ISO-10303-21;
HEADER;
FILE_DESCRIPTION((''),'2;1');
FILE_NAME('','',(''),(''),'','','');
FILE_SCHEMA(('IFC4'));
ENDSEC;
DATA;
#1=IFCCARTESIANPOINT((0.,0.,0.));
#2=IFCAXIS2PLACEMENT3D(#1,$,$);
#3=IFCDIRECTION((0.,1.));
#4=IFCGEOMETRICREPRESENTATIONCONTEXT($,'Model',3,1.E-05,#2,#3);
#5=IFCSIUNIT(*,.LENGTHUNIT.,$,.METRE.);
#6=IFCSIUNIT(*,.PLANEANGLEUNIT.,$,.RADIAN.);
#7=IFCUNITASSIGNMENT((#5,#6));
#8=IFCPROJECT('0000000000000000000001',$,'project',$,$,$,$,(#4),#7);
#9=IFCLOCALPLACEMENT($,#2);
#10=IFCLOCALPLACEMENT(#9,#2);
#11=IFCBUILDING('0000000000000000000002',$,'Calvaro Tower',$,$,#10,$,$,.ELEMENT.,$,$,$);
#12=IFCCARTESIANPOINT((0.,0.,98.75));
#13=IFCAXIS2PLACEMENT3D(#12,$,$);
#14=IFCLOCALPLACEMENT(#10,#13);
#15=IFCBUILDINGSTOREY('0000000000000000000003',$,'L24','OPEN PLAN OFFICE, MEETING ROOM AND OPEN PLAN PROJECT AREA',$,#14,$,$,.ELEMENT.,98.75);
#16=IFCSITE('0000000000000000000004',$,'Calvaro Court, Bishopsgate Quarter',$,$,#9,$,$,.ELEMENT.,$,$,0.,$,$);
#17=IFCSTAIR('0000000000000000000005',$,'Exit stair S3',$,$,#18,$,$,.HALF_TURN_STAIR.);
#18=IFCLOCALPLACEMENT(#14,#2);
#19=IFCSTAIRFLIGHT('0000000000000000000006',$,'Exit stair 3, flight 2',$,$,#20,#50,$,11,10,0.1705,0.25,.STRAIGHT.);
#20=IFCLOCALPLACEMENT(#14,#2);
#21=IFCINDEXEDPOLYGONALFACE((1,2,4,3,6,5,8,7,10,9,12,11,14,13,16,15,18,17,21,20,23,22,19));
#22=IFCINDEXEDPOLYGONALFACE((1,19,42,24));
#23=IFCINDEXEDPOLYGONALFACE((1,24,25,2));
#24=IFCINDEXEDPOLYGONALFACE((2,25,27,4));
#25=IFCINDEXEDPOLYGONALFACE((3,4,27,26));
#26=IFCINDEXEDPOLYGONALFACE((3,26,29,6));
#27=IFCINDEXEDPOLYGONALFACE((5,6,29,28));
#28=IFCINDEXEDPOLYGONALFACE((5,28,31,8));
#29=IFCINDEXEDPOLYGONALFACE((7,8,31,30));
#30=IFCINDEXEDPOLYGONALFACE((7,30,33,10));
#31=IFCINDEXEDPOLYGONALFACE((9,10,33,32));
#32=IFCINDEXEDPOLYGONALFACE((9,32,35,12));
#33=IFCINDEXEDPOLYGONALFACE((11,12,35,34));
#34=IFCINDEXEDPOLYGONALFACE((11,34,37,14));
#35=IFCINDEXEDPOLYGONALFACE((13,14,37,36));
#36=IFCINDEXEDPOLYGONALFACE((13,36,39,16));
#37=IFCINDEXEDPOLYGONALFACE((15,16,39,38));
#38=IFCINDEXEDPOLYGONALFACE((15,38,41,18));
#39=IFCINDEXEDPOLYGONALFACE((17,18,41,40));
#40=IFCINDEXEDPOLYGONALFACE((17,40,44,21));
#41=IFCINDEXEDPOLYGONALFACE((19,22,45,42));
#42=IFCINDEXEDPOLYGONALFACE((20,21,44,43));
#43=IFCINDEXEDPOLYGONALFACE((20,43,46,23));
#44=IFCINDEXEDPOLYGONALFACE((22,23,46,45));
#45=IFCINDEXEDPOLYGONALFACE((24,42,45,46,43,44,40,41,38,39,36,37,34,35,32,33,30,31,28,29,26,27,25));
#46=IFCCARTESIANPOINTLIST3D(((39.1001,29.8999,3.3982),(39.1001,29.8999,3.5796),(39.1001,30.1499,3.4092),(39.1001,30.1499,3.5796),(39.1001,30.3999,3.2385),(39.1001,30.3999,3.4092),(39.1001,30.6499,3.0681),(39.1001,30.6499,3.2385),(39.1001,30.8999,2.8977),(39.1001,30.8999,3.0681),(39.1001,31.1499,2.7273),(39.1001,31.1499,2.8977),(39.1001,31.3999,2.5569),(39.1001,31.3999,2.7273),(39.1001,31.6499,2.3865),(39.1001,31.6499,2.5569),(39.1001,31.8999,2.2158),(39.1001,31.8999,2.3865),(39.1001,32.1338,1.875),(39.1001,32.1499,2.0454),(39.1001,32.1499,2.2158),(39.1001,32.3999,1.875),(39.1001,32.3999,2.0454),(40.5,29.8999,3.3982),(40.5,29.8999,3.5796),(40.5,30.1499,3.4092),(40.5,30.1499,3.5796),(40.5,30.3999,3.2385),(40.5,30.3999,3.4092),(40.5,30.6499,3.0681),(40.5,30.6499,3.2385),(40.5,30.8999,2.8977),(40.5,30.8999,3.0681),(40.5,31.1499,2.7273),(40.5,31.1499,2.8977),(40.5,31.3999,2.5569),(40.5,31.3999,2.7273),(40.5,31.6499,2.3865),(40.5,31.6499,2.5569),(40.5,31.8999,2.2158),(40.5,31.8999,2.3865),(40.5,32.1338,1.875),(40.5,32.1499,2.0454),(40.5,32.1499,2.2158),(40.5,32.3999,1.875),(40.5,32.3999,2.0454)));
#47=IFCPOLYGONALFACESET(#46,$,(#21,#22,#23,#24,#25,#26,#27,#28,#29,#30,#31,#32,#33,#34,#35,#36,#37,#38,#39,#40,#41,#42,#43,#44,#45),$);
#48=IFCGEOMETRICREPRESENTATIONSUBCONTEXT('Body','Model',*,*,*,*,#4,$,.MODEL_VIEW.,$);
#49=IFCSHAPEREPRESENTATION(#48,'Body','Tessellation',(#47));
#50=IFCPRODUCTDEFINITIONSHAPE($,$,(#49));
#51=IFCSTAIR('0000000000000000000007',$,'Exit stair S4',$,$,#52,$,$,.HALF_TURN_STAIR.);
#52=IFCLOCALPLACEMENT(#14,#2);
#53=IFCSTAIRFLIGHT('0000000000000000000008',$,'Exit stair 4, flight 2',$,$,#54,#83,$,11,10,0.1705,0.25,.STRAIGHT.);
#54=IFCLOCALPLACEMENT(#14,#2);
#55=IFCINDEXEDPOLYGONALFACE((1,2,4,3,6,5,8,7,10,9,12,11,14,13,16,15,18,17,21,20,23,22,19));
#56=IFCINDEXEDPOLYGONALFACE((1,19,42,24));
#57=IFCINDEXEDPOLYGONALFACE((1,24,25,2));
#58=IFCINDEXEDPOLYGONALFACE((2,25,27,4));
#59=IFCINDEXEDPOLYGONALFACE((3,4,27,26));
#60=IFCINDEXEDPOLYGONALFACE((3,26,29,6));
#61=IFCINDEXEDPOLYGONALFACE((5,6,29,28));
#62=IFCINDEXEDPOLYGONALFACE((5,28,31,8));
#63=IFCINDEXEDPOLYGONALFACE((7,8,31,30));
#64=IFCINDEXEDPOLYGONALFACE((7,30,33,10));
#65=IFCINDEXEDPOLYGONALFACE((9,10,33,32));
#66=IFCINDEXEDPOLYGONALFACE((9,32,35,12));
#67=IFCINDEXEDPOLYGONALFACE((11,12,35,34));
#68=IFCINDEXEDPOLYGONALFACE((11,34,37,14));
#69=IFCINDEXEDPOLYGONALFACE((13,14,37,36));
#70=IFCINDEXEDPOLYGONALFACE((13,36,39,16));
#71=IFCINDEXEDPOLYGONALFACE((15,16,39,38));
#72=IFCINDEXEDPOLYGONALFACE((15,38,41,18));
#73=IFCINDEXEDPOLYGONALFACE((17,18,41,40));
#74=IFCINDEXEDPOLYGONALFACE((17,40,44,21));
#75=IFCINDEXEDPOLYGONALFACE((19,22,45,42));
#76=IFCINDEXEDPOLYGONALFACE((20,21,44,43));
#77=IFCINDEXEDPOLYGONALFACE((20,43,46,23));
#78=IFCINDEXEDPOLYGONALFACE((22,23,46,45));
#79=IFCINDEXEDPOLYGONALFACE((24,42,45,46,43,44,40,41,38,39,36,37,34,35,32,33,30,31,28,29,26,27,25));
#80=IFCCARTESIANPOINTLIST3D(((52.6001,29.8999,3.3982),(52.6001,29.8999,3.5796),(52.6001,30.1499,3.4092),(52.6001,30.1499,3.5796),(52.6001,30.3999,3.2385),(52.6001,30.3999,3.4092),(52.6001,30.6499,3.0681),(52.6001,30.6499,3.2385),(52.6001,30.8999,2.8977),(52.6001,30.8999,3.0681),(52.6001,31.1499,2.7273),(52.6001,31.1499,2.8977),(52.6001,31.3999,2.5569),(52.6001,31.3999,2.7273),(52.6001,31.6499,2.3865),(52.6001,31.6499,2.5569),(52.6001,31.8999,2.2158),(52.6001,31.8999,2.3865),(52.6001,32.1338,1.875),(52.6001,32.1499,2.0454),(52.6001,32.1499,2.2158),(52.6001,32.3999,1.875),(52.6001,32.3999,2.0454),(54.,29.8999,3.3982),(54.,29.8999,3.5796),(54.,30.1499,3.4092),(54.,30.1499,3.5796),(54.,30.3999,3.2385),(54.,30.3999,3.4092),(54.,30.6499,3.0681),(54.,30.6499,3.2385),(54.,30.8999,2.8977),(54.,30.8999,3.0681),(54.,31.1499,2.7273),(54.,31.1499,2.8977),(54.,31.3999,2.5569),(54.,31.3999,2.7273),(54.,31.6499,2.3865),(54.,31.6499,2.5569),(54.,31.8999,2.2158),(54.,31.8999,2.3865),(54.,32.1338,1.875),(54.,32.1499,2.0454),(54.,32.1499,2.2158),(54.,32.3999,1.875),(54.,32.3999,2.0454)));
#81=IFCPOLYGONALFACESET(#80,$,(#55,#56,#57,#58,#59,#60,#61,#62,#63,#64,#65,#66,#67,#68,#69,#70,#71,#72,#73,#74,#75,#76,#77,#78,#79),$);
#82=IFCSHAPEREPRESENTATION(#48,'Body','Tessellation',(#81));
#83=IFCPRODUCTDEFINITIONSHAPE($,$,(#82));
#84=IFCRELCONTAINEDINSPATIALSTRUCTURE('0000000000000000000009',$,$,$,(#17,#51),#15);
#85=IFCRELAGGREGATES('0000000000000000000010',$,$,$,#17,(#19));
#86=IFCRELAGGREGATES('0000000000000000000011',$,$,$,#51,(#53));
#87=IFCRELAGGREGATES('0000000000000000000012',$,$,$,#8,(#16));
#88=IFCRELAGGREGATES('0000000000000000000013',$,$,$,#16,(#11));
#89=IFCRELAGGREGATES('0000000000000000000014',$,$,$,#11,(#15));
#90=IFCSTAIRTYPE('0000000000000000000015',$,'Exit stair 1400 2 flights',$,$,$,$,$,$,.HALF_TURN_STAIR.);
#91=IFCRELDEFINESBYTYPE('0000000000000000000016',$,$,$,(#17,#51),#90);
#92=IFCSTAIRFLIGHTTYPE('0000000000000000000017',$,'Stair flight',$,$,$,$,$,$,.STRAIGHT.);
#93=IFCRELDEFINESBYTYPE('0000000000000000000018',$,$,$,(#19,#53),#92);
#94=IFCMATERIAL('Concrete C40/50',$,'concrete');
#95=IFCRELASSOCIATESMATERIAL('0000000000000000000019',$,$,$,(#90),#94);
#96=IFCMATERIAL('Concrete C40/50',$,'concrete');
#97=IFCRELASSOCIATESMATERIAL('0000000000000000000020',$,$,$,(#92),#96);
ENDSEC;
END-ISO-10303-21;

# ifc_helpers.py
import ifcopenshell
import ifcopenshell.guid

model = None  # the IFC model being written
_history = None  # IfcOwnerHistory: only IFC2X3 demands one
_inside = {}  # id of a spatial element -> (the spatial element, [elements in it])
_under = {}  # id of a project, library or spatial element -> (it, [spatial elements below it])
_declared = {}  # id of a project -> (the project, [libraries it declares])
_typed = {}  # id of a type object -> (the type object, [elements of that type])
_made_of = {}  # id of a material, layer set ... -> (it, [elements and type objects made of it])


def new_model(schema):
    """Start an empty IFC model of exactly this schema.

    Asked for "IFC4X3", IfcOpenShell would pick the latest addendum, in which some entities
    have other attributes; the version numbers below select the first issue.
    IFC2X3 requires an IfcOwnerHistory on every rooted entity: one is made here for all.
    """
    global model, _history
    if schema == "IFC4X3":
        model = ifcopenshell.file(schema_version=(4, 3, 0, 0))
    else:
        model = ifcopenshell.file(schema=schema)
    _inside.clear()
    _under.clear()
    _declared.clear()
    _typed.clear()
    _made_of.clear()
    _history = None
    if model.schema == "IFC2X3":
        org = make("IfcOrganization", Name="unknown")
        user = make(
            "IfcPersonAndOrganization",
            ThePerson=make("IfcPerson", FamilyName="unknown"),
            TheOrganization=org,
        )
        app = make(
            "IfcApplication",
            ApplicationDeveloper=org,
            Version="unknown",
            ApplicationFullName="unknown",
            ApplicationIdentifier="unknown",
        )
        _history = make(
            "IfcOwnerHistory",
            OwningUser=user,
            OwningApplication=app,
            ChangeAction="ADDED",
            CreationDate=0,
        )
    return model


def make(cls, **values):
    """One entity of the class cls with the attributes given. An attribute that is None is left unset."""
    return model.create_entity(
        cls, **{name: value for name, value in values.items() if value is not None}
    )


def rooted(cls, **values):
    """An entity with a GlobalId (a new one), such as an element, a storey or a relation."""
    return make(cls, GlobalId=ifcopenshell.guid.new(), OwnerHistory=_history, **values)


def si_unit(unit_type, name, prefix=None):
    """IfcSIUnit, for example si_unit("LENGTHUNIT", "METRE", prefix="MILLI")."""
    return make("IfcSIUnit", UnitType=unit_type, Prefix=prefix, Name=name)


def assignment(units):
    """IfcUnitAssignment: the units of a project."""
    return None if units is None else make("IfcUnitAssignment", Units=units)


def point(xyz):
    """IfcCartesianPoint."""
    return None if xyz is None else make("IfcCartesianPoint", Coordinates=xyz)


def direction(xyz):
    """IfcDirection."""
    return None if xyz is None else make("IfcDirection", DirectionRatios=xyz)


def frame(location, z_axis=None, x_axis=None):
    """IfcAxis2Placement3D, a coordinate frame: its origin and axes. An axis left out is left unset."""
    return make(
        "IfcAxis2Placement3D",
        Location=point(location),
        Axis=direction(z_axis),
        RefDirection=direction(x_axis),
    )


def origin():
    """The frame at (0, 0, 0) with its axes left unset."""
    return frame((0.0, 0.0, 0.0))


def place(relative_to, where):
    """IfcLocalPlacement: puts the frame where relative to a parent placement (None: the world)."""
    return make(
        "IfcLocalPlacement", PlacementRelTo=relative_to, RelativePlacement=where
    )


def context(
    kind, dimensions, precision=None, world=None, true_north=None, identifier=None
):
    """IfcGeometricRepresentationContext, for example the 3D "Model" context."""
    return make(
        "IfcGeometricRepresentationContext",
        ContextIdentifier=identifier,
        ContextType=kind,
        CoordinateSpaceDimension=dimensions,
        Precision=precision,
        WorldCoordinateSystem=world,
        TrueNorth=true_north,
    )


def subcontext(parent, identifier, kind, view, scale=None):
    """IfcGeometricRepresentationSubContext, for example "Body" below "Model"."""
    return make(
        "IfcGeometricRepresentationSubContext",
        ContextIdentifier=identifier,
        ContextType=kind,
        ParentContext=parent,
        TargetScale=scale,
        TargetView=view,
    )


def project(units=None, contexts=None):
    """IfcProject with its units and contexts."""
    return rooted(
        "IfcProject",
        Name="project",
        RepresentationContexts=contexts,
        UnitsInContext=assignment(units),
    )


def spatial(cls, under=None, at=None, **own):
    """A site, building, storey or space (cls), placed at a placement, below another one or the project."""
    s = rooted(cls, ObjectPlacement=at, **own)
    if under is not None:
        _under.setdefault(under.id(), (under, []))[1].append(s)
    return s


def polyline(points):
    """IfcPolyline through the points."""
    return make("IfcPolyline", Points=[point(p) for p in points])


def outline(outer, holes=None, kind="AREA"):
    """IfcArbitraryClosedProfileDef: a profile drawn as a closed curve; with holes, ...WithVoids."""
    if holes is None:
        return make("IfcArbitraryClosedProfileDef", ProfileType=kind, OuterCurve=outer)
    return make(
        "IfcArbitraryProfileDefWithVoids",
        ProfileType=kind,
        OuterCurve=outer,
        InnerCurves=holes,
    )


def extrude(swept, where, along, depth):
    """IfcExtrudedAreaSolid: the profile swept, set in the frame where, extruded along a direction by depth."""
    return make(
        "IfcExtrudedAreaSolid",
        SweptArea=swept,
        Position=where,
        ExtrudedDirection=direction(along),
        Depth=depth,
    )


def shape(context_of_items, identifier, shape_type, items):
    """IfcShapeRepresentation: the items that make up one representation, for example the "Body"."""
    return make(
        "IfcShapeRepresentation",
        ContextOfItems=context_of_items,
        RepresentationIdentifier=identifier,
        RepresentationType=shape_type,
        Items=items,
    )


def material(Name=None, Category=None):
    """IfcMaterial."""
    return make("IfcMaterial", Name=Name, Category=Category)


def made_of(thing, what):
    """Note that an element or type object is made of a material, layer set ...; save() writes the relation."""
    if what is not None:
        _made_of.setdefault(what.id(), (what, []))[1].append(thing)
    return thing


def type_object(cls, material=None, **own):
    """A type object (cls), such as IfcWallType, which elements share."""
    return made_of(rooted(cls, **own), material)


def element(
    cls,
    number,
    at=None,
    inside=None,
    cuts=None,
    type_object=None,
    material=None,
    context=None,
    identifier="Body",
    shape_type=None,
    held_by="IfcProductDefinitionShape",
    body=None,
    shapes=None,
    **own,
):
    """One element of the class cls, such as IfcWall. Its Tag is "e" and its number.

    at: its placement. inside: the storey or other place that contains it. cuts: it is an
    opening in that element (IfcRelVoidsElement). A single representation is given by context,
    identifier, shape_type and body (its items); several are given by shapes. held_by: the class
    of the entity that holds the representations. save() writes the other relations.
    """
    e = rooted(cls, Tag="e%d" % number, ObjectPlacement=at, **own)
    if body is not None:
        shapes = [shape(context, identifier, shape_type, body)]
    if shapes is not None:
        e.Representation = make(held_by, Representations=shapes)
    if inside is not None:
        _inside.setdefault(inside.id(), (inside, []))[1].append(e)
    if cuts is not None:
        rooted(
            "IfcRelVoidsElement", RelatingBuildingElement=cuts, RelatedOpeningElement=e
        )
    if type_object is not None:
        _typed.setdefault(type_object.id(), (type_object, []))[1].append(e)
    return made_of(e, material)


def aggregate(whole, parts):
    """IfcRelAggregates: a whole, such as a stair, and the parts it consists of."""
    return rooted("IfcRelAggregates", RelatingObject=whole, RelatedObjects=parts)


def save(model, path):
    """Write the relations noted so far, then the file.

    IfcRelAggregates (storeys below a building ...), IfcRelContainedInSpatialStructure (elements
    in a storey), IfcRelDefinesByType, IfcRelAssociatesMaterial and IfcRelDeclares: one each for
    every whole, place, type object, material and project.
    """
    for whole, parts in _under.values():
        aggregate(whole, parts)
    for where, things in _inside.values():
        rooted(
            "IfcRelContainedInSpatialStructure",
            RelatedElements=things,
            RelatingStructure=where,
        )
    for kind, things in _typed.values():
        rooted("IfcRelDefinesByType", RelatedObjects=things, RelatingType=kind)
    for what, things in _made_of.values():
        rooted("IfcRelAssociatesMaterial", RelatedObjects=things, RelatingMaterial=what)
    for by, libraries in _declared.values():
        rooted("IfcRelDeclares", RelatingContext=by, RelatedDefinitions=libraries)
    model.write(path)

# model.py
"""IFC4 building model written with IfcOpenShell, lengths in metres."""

from ifc_helpers import new_model, si_unit, direction, frame, origin, place, context, subcontext, project, spatial, polyline, outline, extrude, material, type_object, element, aggregate, save


model = new_model("IFC4")

# Units and contexts
model_context = context("Model", 3, precision=1e-05, world=origin(), true_north=direction((0.0, 1.0)))
body_context = subcontext(model_context, "Body", "Model", "MODEL_VIEW")
ifc_project = project(units=[si_unit("LENGTHUNIT", "METRE"), si_unit("PLANEANGLEUNIT", "RADIAN")], contexts=[model_context])

# Site, building, storey
site_placement = place(None, origin())
site = spatial("IfcSite", under=ifc_project, at=site_placement, Name="Calvaro Court, Bishopsgate Quarter", CompositionType="ELEMENT", RefElevation=0.0)
building_placement = place(site_placement, origin())
building = spatial("IfcBuilding", under=site, at=building_placement, Name="Calvaro Tower", CompositionType="ELEMENT")
storey_placement = place(building_placement, frame((0.0, 0.0, 98.75)))
storey = spatial("IfcBuildingStorey", under=building, at=storey_placement, Name="L24", Description="OPEN PLAN OFFICE, MEETING ROOM AND OPEN PLAN PROJECT AREA", CompositionType="ELEMENT", Elevation=98.75)

# Stairs, stair flights
ifc_material_1 = material(Name="Concrete C40/50", Category="concrete")
stair_type = type_object("IfcStairType", Name="Exit stair 1400 2 flights", PredefinedType="HALF_TURN_STAIR", material=ifc_material_1)
stair_1_placement = place(storey_placement, origin())
stair_1 = element("IfcStair", 1, at=stair_1_placement, inside=storey, type_object=stair_type, Name="Exit stair S3", PredefinedType="HALF_TURN_STAIR")
ifc_material_2 = material(Name="Concrete C40/50", Category="concrete")
stair_flight_type = type_object("IfcStairFlightType", Name="Stair flight", PredefinedType="STRAIGHT", material=ifc_material_2)
stair_flight_1_placement = place(storey_placement, frame((39.8, 32.3999, 1.875), z_axis=(0.0, 0.0, 1.0), x_axis=(0.0, -1.0, 0.0)))
stair_flight_1 = element("IfcStairFlight", 2, at=stair_flight_1_placement, type_object=stair_flight_type, Name="Exit stair 3, flight 2", NumberOfRisers=11, NumberOfTreads=10, PredefinedType="STRAIGHT", RiserHeight=0.1705, TreadLength=0.25, context=body_context, shape_type="SweptSolid", body=[
    extrude(outline(polyline([(0.0, 0.0), (0.0, 0.1704), (0.25, 0.1704), (0.25, 0.3408), (0.5, 0.3408), (0.5, 0.5115), (0.75, 0.5115), (0.75, 0.6819), (1.0, 0.6819), (1.0, 0.8523), (1.25, 0.8523), (1.25, 1.0227), (1.5, 1.0227), (1.5, 1.1931), (1.75, 1.1931), (1.75, 1.3635), (2.0, 1.3635), (2.0, 1.5342), (2.25, 1.5342), (2.25, 1.7046), (2.5, 1.7046), (2.5, 1.875), (2.5, 1.5232), (0.2661, 0.0), (0.0, 0.0)])), frame((0.0, 0.7, 0.0), z_axis=(0.0, -1.0, 0.0), x_axis=(1.0, 0.0, 0.0)), (0.0, 0.0, 1.0), 1.3999),
])
stair_2_placement = place(storey_placement, origin())
stair_2 = element("IfcStair", 3, at=stair_2_placement, inside=storey, type_object=stair_type, Name="Exit stair S4", PredefinedType="HALF_TURN_STAIR")
stair_flight_2_placement = place(storey_placement, frame((53.3, 32.3999, 1.875), z_axis=(0.0, 0.0, 1.0), x_axis=(0.0, -1.0, 0.0)))
stair_flight_2 = element("IfcStairFlight", 4, at=stair_flight_2_placement, type_object=stair_flight_type, Name="Exit stair 4, flight 2", NumberOfRisers=11, NumberOfTreads=10, PredefinedType="STRAIGHT", RiserHeight=0.1705, TreadLength=0.25, context=body_context, shape_type="SweptSolid", body=[
    extrude(outline(polyline([(0.0, 0.0), (0.0, 0.1704), (0.25, 0.1704), (0.25, 0.3408), (0.5, 0.3408), (0.5, 0.5115), (0.75, 0.5115), (0.75, 0.6819), (1.0, 0.6819), (1.0, 0.8523), (1.25, 0.8523), (1.25, 1.0227), (1.5, 1.0227), (1.5, 1.1931), (1.75, 1.1931), (1.75, 1.3635), (2.0, 1.3635), (2.0, 1.5342), (2.25, 1.5342), (2.25, 1.7046), (2.5, 1.7046), (2.5, 1.875), (2.5, 1.5232), (0.2661, 0.0), (0.0, 0.0)])), frame((0.0, 0.7, 0.0), z_axis=(0.0, -1.0, 0.0), x_axis=(1.0, 0.0, 0.0)), (0.0, 0.0, 1.0), 1.3999),
])

aggregate(stair_1, [stair_flight_1])
aggregate(stair_2, [stair_flight_2])

save(model, "model.ifc")
